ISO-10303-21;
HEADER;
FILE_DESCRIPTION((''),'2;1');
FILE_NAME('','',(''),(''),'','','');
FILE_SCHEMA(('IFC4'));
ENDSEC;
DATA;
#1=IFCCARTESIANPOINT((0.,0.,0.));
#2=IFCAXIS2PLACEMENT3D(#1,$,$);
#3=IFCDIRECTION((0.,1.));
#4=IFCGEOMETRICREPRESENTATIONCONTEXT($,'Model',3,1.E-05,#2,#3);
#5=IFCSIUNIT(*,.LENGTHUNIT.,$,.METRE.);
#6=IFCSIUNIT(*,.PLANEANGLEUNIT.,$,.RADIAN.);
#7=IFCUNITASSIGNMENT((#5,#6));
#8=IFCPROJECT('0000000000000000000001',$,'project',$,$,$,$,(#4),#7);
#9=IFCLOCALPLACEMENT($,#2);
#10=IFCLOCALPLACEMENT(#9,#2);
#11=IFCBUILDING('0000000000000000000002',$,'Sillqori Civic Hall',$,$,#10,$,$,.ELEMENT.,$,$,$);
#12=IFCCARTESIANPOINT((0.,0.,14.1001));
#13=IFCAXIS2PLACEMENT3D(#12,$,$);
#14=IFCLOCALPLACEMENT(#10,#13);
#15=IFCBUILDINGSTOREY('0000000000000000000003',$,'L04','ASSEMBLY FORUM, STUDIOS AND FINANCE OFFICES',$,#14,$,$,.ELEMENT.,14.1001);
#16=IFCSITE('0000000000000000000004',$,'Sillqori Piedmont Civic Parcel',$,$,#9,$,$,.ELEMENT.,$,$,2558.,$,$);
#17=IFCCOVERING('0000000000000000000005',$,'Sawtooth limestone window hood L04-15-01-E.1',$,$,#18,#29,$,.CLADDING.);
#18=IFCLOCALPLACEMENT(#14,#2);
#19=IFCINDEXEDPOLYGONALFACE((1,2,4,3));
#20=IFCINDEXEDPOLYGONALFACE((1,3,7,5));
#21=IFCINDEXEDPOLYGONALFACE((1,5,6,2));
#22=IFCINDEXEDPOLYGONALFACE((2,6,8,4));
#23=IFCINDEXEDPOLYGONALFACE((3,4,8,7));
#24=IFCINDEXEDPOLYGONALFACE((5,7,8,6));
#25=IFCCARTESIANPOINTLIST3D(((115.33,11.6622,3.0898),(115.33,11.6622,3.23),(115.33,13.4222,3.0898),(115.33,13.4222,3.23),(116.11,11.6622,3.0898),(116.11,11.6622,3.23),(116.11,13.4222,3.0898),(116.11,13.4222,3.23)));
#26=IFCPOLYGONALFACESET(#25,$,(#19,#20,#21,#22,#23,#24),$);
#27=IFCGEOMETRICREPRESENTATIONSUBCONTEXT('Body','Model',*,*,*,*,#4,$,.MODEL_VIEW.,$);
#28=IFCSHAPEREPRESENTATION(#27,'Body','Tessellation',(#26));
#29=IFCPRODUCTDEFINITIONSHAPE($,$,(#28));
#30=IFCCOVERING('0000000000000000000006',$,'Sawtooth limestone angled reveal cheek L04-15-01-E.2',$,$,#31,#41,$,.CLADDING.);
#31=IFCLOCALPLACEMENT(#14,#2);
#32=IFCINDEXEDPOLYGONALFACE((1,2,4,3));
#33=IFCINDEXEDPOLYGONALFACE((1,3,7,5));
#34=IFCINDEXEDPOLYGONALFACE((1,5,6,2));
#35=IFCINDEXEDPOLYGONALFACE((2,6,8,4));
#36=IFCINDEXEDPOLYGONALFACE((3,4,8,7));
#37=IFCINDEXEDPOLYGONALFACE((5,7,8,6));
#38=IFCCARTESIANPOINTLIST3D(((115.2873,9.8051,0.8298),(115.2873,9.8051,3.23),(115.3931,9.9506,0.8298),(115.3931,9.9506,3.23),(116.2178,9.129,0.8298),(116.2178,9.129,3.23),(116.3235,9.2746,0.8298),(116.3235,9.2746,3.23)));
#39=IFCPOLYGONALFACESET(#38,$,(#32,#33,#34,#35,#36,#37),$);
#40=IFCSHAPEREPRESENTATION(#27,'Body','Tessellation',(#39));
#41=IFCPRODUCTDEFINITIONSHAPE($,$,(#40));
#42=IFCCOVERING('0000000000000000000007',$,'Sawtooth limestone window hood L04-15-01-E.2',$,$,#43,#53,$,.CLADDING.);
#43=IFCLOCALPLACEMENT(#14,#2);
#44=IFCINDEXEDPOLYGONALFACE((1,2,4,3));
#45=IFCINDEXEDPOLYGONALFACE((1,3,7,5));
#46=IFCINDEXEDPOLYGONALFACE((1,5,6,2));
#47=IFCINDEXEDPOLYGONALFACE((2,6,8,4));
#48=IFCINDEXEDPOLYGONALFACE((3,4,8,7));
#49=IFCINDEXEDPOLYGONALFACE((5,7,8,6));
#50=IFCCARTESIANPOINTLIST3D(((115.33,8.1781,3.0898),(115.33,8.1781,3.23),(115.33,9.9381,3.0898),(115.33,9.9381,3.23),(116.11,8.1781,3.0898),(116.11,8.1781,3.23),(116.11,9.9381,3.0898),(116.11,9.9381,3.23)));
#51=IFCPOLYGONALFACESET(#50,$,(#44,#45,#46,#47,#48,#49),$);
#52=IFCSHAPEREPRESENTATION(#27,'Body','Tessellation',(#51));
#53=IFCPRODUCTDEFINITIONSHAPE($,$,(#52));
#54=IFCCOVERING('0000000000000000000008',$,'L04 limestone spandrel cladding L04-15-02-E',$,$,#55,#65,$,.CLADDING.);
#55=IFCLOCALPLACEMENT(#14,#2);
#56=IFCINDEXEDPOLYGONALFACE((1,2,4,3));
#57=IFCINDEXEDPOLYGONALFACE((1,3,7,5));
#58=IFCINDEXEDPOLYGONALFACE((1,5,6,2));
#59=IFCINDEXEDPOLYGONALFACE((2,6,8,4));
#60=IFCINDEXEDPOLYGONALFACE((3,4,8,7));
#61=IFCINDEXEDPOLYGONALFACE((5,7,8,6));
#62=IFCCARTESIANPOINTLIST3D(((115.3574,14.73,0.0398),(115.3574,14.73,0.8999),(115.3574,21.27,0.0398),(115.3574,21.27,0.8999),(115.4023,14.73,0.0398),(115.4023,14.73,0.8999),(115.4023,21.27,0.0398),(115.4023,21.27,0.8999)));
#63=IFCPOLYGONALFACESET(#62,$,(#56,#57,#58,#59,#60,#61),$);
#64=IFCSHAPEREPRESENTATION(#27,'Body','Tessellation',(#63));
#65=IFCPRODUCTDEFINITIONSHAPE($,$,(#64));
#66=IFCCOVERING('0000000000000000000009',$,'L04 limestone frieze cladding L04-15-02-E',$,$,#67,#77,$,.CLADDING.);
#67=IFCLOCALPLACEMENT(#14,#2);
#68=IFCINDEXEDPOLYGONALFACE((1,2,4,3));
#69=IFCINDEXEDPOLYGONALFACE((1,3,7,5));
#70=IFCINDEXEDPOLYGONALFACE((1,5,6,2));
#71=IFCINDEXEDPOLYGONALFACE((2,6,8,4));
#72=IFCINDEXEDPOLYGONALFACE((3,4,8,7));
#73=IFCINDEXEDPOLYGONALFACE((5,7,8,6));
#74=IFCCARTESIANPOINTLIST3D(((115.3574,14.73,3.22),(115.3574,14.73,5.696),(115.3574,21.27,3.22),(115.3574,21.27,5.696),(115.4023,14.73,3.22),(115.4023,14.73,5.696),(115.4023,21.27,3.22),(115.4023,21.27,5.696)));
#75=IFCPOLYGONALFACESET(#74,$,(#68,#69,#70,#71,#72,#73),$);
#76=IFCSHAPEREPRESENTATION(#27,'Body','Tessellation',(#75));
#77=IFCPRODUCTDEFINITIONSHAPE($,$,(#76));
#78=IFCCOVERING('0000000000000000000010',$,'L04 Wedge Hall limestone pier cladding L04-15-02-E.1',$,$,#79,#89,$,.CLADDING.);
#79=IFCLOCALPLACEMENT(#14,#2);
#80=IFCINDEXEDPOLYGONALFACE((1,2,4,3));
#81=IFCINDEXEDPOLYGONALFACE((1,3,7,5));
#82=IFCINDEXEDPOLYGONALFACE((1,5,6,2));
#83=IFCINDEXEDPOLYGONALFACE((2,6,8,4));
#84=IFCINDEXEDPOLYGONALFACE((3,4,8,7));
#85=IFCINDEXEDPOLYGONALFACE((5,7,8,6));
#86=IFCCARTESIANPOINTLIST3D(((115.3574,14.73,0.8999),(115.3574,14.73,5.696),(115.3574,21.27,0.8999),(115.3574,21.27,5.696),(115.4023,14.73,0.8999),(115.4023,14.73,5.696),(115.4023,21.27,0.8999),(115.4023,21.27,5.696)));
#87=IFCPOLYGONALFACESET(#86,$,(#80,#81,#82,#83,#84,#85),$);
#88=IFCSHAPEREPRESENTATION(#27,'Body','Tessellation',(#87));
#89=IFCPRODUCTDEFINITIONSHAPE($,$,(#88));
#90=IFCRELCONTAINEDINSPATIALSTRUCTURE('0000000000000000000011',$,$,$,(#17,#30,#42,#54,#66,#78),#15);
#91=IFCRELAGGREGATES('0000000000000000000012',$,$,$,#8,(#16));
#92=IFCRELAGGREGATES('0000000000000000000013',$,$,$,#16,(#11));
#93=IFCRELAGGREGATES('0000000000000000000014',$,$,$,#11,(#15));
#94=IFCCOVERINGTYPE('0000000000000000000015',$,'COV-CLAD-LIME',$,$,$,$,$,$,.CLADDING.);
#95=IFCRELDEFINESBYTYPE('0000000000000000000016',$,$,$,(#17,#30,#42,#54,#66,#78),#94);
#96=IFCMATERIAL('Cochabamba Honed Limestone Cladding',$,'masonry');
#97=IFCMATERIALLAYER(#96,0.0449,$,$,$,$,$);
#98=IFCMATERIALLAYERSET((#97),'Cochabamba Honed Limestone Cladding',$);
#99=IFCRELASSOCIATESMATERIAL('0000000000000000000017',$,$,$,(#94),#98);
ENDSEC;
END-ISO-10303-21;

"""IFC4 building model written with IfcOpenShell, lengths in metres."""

from ifc_helpers import new_model, si_unit, direction, frame, frame_2d, origin, place, context, subcontext, project, spatial, rectangle, extrude, material, layer, layer_set, type_object, element, save


model = new_model("IFC4")

# Units and contexts
model_context = context("Model", 3, precision=1e-05, world=origin(), true_north=direction((0.0, 1.0)))
body_context = subcontext(model_context, "Body", "Model", "MODEL_VIEW")
ifc_project = project(units=[si_unit("LENGTHUNIT", "METRE"), si_unit("PLANEANGLEUNIT", "RADIAN")], contexts=[model_context])

# Site, building, storey
site_placement = place(None, origin())
site = spatial("IfcSite", under=ifc_project, at=site_placement, Name="Sillqori Piedmont Civic Parcel", CompositionType="ELEMENT", RefElevation=2558.0)
building_placement = place(site_placement, origin())
building = spatial("IfcBuilding", under=site, at=building_placement, Name="Sillqori Civic Hall", CompositionType="ELEMENT")
storey_placement = place(building_placement, frame((0.0, 0.0, 14.1001)))
storey = spatial("IfcBuildingStorey", under=building, at=storey_placement, Name="L04", Description="ASSEMBLY FORUM, STUDIOS AND FINANCE OFFICES", CompositionType="ELEMENT", Elevation=14.1001)

# Coverings
ifc_material_1 = material(Name="Cochabamba Honed Limestone Cladding", Category="masonry")
ifc_layer_1 = layer(ifc_material_1, 0.0449)
ifc_layer_set_1 = layer_set([ifc_layer_1], Name="Cochabamba Honed Limestone Cladding")
covering_type = type_object("IfcCoveringType", Name="COV-CLAD-LIME", PredefinedType="CLADDING", material=ifc_layer_set_1)
covering_1_placement = place(storey_placement, frame((115.72, 13.4221, 3.0898), z_axis=(0.0, 0.0, 1.0), x_axis=(0.0, -1.0, 0.0)))
element("IfcCovering", 1, at=covering_1_placement, inside=storey, type_object=covering_type, Name="Sawtooth limestone window hood L04-15-01-E.1", PredefinedType="CLADDING", context=body_context, shape_type="SweptSolid", body=[
    extrude(rectangle(XDim=1.76, YDim=0.78, at=frame_2d((0.8799, 0.0))), origin(), (0.0, 0.0, 1.0), 0.1401),
])
covering_2_placement = place(storey_placement, frame((115.3401, 9.8779, 0.8298), z_axis=(0.0, 0.0, 1.0), x_axis=(0.809002, -0.587806, 0.0)))
element("IfcCovering", 2, at=covering_2_placement, inside=storey, type_object=covering_type, Name="Sawtooth limestone angled reveal cheek L04-15-01-E.2", PredefinedType="CLADDING", context=body_context, shape_type="SweptSolid", body=[
    extrude(rectangle(XDim=1.1501, YDim=0.1799, at=frame_2d((0.5752, 0.0))), origin(), (0.0, 0.0, 1.0), 2.4001),
])
covering_3_placement = place(storey_placement, frame((115.72, 9.938, 3.0898), z_axis=(0.0, 0.0, 1.0), x_axis=(0.0, -1.0, 0.0)))
element("IfcCovering", 3, at=covering_3_placement, inside=storey, type_object=covering_type, Name="Sawtooth limestone window hood L04-15-01-E.2", PredefinedType="CLADDING", context=body_context, shape_type="SweptSolid", body=[
    extrude(rectangle(XDim=1.76, YDim=0.78, at=frame_2d((0.8799, 0.0))), origin(), (0.0, 0.0, 1.0), 0.1401),
])
covering_4_placement = place(storey_placement, frame((115.3799, 21.27, 0.0398), z_axis=(0.0, 0.0, 1.0), x_axis=(0.0, -1.0, 0.0)))
element("IfcCovering", 4, at=covering_4_placement, inside=storey, type_object=covering_type, Name="L04 limestone spandrel cladding L04-15-02-E", PredefinedType="CLADDING", context=body_context, shape_type="SweptSolid", body=[
    extrude(rectangle(XDim=6.54, YDim=0.0449, at=frame_2d((3.27, 0.0))), origin(), (0.0, 0.0, 1.0), 0.8601),
])
covering_5_placement = place(storey_placement, frame((115.3799, 21.27, 3.22), z_axis=(0.0, 0.0, 1.0), x_axis=(0.0, -1.0, 0.0)))
element("IfcCovering", 5, at=covering_5_placement, inside=storey, type_object=covering_type, Name="L04 limestone frieze cladding L04-15-02-E", PredefinedType="CLADDING", context=body_context, shape_type="SweptSolid", body=[
    extrude(rectangle(XDim=6.54, YDim=0.0449, at=frame_2d((3.27, 0.0))), origin(), (0.0, 0.0, 1.0), 2.4761),
])
covering_6_placement = place(storey_placement, frame((115.3799, 21.27, 0.8999), z_axis=(0.0, 0.0, 1.0), x_axis=(0.0, -1.0, 0.0)))
element("IfcCovering", 6, at=covering_6_placement, inside=storey, type_object=covering_type, Name="L04 Wedge Hall limestone pier cladding L04-15-02-E.1", PredefinedType="CLADDING", context=body_context, shape_type="SweptSolid", body=[
    extrude(rectangle(XDim=6.54, YDim=0.0449, at=frame_2d((3.27, 0.0))), origin(), (0.0, 0.0, 1.0), 4.7961),
])

save(model, "model.ifc")
